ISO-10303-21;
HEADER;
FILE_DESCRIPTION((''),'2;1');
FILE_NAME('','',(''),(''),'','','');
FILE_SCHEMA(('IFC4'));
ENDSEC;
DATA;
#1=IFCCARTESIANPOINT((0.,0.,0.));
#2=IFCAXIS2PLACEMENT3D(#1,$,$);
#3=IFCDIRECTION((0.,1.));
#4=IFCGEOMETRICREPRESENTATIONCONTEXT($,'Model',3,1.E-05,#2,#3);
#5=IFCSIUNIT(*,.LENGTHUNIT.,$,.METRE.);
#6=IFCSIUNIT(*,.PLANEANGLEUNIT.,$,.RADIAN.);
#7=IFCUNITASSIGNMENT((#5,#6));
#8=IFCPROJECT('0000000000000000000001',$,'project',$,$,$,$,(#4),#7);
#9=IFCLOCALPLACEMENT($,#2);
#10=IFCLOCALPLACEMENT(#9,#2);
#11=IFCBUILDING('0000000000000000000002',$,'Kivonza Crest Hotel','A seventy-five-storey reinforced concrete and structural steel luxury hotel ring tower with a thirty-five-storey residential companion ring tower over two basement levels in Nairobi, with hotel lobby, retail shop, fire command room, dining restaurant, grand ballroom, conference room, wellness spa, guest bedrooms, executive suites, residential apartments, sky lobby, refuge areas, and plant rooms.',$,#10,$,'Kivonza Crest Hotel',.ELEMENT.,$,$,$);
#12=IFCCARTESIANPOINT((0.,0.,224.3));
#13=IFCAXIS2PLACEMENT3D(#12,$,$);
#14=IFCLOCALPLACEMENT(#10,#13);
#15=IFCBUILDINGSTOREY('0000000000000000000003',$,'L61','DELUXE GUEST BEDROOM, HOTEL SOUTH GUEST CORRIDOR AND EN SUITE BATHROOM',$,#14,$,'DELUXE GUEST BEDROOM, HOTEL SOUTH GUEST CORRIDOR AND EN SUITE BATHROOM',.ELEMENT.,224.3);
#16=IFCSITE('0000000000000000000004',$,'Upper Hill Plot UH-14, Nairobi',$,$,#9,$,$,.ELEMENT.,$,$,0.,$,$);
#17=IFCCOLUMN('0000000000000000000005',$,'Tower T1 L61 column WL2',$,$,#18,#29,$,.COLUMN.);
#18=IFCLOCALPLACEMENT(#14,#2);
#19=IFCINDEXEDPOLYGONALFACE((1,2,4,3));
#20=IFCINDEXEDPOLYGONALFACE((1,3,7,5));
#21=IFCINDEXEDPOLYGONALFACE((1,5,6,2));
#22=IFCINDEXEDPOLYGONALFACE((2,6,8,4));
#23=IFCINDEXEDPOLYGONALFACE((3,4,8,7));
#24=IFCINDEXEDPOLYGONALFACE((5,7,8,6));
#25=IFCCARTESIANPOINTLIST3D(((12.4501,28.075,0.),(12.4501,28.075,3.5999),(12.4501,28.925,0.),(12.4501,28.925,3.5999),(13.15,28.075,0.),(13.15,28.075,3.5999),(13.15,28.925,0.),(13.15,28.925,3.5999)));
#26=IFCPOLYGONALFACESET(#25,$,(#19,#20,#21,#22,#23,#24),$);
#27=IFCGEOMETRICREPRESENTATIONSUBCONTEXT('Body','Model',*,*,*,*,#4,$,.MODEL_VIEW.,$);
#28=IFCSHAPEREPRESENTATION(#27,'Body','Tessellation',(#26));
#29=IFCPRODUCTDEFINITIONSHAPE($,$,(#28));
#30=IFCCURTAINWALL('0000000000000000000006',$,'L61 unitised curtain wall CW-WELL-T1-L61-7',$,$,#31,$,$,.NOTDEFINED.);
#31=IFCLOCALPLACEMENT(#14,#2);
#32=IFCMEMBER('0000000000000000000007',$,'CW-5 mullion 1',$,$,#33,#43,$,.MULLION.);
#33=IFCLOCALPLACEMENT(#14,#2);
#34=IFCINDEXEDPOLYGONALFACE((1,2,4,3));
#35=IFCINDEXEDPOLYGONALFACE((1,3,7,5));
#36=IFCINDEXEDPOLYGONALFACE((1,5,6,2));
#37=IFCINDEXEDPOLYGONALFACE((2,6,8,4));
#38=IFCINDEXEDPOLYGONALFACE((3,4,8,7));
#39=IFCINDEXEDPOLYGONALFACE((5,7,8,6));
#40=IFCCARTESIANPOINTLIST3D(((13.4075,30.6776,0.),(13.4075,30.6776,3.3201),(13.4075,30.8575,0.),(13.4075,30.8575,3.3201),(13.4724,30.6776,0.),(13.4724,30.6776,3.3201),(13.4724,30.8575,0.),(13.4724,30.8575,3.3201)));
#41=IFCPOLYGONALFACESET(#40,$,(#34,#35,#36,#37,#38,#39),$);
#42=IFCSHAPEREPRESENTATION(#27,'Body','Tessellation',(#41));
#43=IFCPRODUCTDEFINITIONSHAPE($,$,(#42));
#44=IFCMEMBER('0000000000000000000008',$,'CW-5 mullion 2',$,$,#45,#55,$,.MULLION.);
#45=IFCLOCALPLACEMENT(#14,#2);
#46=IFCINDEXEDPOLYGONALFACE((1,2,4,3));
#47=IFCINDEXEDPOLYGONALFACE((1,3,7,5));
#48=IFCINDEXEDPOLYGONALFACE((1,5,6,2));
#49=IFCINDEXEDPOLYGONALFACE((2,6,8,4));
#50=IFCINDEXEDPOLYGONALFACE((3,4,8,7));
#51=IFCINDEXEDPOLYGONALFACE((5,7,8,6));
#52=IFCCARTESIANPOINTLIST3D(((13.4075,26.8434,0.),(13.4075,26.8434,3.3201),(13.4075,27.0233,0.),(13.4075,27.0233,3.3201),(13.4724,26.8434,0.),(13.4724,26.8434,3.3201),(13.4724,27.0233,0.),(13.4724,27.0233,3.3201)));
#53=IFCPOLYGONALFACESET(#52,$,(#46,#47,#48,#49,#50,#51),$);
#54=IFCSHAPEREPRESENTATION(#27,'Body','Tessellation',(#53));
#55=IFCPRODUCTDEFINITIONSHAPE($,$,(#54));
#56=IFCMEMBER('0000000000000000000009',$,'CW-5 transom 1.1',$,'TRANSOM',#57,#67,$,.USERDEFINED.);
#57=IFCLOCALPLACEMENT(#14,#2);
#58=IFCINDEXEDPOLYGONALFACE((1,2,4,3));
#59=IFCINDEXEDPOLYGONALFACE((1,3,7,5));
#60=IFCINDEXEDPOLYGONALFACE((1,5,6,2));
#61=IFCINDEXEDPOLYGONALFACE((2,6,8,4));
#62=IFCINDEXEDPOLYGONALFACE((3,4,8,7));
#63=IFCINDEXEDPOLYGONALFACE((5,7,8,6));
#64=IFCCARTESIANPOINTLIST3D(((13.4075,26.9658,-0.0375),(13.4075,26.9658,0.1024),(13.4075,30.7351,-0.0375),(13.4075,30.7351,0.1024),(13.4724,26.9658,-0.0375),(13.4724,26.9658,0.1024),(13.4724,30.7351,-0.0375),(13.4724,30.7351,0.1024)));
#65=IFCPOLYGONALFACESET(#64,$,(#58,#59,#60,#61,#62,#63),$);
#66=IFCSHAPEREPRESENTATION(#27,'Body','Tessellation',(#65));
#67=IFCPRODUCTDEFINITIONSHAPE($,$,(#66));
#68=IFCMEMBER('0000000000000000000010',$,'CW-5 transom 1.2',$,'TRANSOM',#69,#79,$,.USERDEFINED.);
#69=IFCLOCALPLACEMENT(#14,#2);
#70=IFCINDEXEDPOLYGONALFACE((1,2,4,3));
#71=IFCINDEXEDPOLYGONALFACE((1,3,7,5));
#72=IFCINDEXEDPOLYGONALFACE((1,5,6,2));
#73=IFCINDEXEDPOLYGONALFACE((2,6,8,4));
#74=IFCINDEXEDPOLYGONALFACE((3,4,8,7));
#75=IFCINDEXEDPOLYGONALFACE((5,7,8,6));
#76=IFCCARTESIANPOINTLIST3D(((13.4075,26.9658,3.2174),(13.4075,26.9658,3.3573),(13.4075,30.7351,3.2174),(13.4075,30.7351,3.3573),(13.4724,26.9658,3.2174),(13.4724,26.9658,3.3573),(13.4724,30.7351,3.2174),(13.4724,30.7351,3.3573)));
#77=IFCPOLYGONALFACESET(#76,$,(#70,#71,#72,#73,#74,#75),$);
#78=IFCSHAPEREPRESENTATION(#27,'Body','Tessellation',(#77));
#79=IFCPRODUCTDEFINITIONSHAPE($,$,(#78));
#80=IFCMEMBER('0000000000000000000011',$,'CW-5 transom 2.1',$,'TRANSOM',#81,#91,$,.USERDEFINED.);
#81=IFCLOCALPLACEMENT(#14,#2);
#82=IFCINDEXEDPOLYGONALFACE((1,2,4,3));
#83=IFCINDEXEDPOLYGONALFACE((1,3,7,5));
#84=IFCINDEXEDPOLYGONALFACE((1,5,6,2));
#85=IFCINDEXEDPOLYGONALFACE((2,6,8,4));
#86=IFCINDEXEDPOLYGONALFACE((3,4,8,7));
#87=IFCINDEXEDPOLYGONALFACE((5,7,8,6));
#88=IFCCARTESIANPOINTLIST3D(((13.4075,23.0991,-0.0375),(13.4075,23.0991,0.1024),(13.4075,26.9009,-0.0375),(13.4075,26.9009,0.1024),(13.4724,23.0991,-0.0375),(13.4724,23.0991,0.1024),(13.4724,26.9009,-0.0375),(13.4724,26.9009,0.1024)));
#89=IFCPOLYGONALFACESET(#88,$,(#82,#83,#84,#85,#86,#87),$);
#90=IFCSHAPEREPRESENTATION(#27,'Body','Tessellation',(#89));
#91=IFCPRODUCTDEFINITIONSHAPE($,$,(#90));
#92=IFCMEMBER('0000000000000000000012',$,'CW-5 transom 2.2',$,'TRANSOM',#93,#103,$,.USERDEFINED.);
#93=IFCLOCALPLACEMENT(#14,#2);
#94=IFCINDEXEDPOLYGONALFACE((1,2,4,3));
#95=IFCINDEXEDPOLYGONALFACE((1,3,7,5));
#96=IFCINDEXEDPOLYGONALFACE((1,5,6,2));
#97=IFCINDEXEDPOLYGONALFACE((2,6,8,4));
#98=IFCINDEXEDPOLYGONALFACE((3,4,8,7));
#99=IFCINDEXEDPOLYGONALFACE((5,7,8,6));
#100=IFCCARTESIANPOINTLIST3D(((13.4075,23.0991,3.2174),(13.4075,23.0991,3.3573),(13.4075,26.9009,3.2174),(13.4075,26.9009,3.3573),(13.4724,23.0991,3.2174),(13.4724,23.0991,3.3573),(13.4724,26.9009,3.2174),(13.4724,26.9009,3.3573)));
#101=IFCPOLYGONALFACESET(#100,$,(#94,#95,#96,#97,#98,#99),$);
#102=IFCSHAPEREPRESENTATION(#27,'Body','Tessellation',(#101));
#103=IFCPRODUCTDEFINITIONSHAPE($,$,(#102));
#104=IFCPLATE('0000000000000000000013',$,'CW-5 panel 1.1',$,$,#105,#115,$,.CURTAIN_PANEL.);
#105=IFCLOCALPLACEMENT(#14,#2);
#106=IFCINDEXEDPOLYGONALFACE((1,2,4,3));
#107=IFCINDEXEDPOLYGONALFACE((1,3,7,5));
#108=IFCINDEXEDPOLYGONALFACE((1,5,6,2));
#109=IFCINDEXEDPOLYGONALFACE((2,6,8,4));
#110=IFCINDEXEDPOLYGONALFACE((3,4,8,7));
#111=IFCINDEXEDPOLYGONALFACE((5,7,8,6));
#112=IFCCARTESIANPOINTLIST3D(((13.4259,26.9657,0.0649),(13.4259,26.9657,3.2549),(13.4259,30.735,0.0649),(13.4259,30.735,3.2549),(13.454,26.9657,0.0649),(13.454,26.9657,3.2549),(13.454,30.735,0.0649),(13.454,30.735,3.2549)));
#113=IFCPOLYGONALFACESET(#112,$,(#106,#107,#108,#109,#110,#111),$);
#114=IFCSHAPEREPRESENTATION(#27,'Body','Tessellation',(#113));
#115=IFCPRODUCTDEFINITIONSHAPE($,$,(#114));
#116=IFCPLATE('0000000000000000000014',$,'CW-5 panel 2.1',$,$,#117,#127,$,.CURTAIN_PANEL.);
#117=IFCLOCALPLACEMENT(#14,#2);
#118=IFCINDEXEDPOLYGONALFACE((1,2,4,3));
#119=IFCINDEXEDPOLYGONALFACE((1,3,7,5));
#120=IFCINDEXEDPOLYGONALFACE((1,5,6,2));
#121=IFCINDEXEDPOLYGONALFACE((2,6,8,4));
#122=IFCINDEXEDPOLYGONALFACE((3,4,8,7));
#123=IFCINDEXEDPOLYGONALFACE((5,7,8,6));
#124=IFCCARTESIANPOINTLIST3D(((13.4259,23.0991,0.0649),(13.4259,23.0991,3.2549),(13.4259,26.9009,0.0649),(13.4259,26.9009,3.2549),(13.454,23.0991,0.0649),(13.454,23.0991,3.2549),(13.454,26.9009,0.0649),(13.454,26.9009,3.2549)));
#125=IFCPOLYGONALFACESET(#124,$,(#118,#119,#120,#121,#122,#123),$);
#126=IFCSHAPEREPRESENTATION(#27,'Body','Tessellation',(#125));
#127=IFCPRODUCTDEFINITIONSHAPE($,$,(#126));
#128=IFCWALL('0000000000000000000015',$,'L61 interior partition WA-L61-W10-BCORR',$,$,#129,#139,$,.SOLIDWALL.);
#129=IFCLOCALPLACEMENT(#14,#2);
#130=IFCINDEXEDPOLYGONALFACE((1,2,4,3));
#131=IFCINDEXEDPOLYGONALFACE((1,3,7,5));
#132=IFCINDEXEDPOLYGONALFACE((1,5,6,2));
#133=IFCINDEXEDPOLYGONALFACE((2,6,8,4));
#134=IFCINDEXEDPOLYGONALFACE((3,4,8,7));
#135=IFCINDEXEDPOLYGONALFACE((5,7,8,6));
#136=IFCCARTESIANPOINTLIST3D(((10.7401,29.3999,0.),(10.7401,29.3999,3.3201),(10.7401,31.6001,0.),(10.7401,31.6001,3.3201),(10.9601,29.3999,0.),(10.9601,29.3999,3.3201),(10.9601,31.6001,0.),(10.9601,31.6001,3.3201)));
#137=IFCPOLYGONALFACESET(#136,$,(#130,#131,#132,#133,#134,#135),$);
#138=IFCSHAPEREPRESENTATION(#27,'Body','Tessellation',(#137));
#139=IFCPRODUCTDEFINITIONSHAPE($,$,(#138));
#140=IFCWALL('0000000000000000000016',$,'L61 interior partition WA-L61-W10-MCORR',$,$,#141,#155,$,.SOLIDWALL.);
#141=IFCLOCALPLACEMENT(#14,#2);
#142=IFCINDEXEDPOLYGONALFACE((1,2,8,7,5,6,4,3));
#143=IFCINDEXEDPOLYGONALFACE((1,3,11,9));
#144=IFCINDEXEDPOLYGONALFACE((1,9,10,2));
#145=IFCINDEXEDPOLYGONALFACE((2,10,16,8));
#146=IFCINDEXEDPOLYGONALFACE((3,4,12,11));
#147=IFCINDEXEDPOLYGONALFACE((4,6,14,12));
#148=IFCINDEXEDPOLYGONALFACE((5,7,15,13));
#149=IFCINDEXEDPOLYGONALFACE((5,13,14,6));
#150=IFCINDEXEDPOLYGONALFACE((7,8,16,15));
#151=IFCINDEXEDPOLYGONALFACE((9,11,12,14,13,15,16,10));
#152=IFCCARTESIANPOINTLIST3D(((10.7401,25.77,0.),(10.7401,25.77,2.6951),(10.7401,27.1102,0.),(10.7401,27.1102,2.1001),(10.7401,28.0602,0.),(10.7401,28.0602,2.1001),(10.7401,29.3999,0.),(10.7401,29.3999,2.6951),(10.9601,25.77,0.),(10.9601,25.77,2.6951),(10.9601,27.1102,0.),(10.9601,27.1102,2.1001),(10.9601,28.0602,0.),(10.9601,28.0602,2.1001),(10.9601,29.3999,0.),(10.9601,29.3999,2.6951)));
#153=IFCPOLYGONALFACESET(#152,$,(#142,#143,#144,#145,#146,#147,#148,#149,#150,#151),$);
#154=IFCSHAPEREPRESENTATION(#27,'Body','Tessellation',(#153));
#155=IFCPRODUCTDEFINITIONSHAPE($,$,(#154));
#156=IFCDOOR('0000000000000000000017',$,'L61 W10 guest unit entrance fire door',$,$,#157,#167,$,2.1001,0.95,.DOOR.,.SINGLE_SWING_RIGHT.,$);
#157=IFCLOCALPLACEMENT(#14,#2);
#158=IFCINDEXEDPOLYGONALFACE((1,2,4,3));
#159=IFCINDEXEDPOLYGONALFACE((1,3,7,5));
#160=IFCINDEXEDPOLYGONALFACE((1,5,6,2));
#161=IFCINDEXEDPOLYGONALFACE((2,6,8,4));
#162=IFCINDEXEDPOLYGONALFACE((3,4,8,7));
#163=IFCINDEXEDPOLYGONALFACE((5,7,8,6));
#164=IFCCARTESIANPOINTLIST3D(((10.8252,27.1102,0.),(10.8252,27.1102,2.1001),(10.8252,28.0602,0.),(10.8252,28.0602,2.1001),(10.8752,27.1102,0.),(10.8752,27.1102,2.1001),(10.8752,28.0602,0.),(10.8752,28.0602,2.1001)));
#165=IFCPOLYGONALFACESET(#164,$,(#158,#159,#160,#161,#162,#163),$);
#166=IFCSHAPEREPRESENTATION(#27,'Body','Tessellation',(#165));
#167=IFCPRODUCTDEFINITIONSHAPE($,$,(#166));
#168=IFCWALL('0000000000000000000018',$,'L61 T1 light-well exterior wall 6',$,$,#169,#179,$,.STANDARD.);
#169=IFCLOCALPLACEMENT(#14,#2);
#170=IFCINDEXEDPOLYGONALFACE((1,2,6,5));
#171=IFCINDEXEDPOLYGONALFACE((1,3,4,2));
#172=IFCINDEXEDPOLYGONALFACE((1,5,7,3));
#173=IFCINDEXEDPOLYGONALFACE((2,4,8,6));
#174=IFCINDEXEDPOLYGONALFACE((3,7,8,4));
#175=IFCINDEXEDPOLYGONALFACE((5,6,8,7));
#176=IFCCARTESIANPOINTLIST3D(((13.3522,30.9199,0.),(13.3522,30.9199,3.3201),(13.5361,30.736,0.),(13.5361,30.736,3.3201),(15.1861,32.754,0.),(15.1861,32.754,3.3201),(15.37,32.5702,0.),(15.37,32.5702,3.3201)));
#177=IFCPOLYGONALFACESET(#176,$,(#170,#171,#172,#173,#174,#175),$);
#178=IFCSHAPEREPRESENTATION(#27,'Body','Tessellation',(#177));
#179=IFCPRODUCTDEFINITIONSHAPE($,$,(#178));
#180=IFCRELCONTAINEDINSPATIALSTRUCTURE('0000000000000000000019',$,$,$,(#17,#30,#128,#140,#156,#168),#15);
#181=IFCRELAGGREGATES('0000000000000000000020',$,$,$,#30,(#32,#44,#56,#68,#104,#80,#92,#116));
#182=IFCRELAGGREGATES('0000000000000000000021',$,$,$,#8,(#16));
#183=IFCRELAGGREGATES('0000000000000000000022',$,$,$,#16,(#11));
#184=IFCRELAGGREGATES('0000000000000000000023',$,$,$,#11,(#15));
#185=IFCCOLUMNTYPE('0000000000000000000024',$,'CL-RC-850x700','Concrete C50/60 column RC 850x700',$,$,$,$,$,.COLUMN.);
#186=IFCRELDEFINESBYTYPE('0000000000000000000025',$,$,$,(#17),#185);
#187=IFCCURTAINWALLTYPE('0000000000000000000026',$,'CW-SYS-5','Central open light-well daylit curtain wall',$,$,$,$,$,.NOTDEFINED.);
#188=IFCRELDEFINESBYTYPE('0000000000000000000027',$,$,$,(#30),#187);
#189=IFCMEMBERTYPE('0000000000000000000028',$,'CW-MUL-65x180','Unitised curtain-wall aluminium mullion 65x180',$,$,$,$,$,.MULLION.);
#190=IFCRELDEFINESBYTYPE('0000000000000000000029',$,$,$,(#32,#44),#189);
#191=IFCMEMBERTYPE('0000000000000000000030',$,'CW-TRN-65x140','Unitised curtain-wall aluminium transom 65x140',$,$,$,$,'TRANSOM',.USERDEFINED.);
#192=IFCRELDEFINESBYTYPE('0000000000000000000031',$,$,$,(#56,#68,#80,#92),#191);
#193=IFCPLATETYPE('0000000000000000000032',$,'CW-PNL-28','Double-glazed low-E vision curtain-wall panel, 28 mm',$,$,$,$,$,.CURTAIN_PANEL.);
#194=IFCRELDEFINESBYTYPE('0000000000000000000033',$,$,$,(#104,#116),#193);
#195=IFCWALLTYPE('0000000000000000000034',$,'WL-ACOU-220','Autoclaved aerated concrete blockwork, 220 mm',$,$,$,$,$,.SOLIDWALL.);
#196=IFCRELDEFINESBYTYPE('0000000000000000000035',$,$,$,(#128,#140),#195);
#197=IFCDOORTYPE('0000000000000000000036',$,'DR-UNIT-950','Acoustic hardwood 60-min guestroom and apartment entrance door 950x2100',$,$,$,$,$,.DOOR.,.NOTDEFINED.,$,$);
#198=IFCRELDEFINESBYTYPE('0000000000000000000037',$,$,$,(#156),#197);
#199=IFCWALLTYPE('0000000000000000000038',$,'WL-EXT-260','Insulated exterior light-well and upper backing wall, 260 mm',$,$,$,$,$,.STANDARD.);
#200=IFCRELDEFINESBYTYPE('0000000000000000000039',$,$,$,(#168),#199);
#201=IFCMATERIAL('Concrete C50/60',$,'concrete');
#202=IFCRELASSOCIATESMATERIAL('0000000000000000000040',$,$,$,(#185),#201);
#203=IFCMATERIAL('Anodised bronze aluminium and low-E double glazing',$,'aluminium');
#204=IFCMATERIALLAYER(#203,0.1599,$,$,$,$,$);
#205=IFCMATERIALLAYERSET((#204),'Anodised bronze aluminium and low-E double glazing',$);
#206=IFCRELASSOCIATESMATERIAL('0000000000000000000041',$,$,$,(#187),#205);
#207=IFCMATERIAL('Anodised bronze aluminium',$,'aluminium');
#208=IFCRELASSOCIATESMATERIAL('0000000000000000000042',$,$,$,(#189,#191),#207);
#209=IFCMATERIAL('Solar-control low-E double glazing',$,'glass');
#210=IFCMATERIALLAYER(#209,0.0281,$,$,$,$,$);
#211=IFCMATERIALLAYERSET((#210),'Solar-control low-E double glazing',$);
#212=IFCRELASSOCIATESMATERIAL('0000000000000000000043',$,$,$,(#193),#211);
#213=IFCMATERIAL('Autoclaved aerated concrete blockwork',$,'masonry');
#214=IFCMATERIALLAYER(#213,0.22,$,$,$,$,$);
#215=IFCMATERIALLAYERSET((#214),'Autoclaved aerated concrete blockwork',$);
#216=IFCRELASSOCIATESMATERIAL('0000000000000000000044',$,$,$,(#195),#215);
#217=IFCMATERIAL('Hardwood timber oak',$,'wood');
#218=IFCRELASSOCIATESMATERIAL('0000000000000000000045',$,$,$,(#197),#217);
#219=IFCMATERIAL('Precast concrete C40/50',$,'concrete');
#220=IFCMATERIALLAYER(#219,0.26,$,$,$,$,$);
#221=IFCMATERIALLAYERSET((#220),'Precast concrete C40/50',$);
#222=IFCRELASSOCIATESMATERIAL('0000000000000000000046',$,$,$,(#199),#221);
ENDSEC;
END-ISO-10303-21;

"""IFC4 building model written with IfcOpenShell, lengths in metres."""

from ifc_helpers import new_model, si_unit, direction, frame, frame_2d, origin, origin_2d, place, context, subcontext, project, spatial, rectangle, extrude, material, layer, layer_set, material_profile, profile_set, type_object, element, fill, aggregate, save


model = new_model("IFC4")

# Units and contexts
model_context = context("Model", 3, precision=1e-05, world=origin(), true_north=direction((0.0, 1.0)))
body_context = subcontext(model_context, "Body", "Model", "MODEL_VIEW")
ifc_project = project(units=[si_unit("LENGTHUNIT", "METRE"), si_unit("PLANEANGLEUNIT", "RADIAN")], contexts=[model_context])

# Site, building, storey
site_placement = place(None, origin())
site = spatial("IfcSite", under=ifc_project, at=site_placement, Name="Upper Hill Plot UH-14, Nairobi", CompositionType="ELEMENT", RefElevation=0.0)
building_placement = place(site_placement, origin())
building = spatial("IfcBuilding", under=site, at=building_placement, Name="Kivonza Crest Hotel", Description="A seventy-five-storey reinforced concrete and structural steel luxury hotel ring tower with a thirty-five-storey residential companion ring tower over two basement levels in Nairobi, with hotel lobby, retail shop, fire command room, dining restaurant, grand ballroom, conference room, wellness spa, guest bedrooms, executive suites, residential apartments, sky lobby, refuge areas, and plant rooms.", LongName="Kivonza Crest Hotel", CompositionType="ELEMENT")
storey_placement = place(building_placement, frame((0.0, 0.0, 224.3)))
storey = spatial("IfcBuildingStorey", under=building, at=storey_placement, Name="L61", Description="DELUXE GUEST BEDROOM, HOTEL SOUTH GUEST CORRIDOR AND EN SUITE BATHROOM", LongName="DELUXE GUEST BEDROOM, HOTEL SOUTH GUEST CORRIDOR AND EN SUITE BATHROOM", CompositionType="ELEMENT", Elevation=224.3)

# Column
ifc_material_1 = material(Name="Concrete C50/60", Category="concrete")
ifc_material_profile_1 = material_profile(ifc_material_1, rectangle(XDim=0.7, YDim=0.8501, at=origin_2d()), Name="RC 850x700")
ifc_profile_set_1 = profile_set([ifc_material_profile_1], Name="Concrete C50/60")
column_type = type_object("IfcColumnType", Name="CL-RC-850x700", Description="Concrete C50/60 column RC 850x700", PredefinedType="COLUMN", material=ifc_profile_set_1)
column_placement = place(storey_placement, frame((12.8, 28.5, 0.0), z_axis=(0.0, 0.0, 1.0), x_axis=(1.0, 0.0, 0.0)))
element("IfcColumn", 1, at=column_placement, inside=storey, type_object=column_type, Name="Tower T1 L61 column WL2", PredefinedType="COLUMN", context=body_context, shape_type="SweptSolid", body=[
    extrude(rectangle(XDim=0.7, YDim=0.8501, at=origin_2d()), origin(), (0.0, 0.0, 1.0), 3.5999),
])

# Curtain wall, members, plates
ifc_material_2 = material(Name="Anodised bronze aluminium and low-E double glazing", Category="aluminium")
ifc_layer_1 = layer(ifc_material_2, 0.1599)
ifc_layer_set_1 = layer_set([ifc_layer_1], Name="Anodised bronze aluminium and low-E double glazing")
curtain_wall_type = type_object("IfcCurtainWallType", Name="CW-SYS-5", Description="Central open light-well daylit curtain wall", PredefinedType="NOTDEFINED", material=ifc_layer_set_1)
curtain_wall_placement = place(storey_placement, origin())
curtain_wall = element("IfcCurtainWall", 2, at=curtain_wall_placement, inside=storey, type_object=curtain_wall_type, Name="L61 unitised curtain wall CW-WELL-T1-L61-7", PredefinedType="NOTDEFINED")
ifc_material_3 = material(Name="Anodised bronze aluminium", Category="aluminium")
ifc_material_profile_2 = material_profile(ifc_material_3, rectangle(XDim=0.0649, YDim=0.1799, at=origin_2d()), Name="CW-M 65x180")
ifc_profile_set_2 = profile_set([ifc_material_profile_2], Name="Anodised bronze aluminium")
member_type_1 = type_object("IfcMemberType", Name="CW-MUL-65x180", Description="Unitised curtain-wall aluminium mullion 65x180", PredefinedType="MULLION", material=ifc_profile_set_2)
member_1_placement = place(storey_placement, frame((13.4399, 30.7676, 0.0), z_axis=(0.0, 0.0, 1.0), x_axis=(1.0, 0.0, 0.0)))
member_1 = element("IfcMember", 3, at=member_1_placement, type_object=member_type_1, Name="CW-5 mullion 1", PredefinedType="MULLION", context=body_context, shape_type="SweptSolid", body=[
    extrude(rectangle(XDim=0.0649, YDim=0.1799, at=origin_2d()), origin(), (0.0, 0.0, 1.0), 3.3201),
])
member_2_placement = place(storey_placement, frame((13.4399, 26.9333, 0.0), z_axis=(0.0, 0.0, 1.0), x_axis=(1.0, 0.0, 0.0)))
member_2 = element("IfcMember", 4, at=member_2_placement, type_object=member_type_1, Name="CW-5 mullion 2", PredefinedType="MULLION", context=body_context, shape_type="SweptSolid", body=[
    extrude(rectangle(XDim=0.0649, YDim=0.1799, at=origin_2d()), origin(), (0.0, 0.0, 1.0), 3.3201),
])
ifc_material_profile_3 = material_profile(ifc_material_3, rectangle(XDim=0.0649, YDim=0.1399, at=origin_2d()), Name="CW-T 65x140")
ifc_profile_set_3 = profile_set([ifc_material_profile_3], Name="Anodised bronze aluminium")
member_type_2 = type_object("IfcMemberType", Name="CW-TRN-65x140", Description="Unitised curtain-wall aluminium transom 65x140", ElementType="TRANSOM", PredefinedType="USERDEFINED", material=ifc_profile_set_3)
member_3_placement = place(storey_placement, frame((13.4399, 30.7351, 0.0325), z_axis=(0.0, -1.0, 0.0), x_axis=(1.0, 0.0, 0.0)))
member_3 = element("IfcMember", 5, at=member_3_placement, type_object=member_type_2, Name="CW-5 transom 1.1", ObjectType="TRANSOM", PredefinedType="USERDEFINED", context=body_context, shape_type="SweptSolid", body=[
    extrude(rectangle(XDim=0.0649, YDim=0.1399, at=origin_2d()), origin(), (0.0, 0.0, 1.0), 3.7693),
])
member_4_placement = place(storey_placement, frame((13.4399, 30.7351, 3.2874), z_axis=(0.0, -1.0, 0.0), x_axis=(1.0, 0.0, 0.0)))
member_4 = element("IfcMember", 6, at=member_4_placement, type_object=member_type_2, Name="CW-5 transom 1.2", ObjectType="TRANSOM", PredefinedType="USERDEFINED", context=body_context, shape_type="SweptSolid", body=[
    extrude(rectangle(XDim=0.0649, YDim=0.1399, at=origin_2d()), origin(), (0.0, 0.0, 1.0), 3.7693),
])
member_5_placement = place(storey_placement, frame((13.4399, 26.9009, 0.0325), z_axis=(0.0, -1.0, 0.0), x_axis=(1.0, 0.0, 0.0)))
member_5 = element("IfcMember", 7, at=member_5_placement, type_object=member_type_2, Name="CW-5 transom 2.1", ObjectType="TRANSOM", PredefinedType="USERDEFINED", context=body_context, shape_type="SweptSolid", body=[
    extrude(rectangle(XDim=0.0649, YDim=0.1399, at=origin_2d()), origin(), (0.0, 0.0, 1.0), 3.8018),
])
member_6_placement = place(storey_placement, frame((13.4399, 26.9009, 3.2874), z_axis=(0.0, -1.0, 0.0), x_axis=(1.0, 0.0, 0.0)))
member_6 = element("IfcMember", 8, at=member_6_placement, type_object=member_type_2, Name="CW-5 transom 2.2", ObjectType="TRANSOM", PredefinedType="USERDEFINED", context=body_context, shape_type="SweptSolid", body=[
    extrude(rectangle(XDim=0.0649, YDim=0.1399, at=origin_2d()), origin(), (0.0, 0.0, 1.0), 3.8018),
])
ifc_material_4 = material(Name="Solar-control low-E double glazing", Category="glass")
ifc_layer_2 = layer(ifc_material_4, 0.0281)
ifc_layer_set_2 = layer_set([ifc_layer_2], Name="Solar-control low-E double glazing")
plate_type = type_object("IfcPlateType", Name="CW-PNL-28", Description="Double-glazed low-E vision curtain-wall panel, 28 mm", PredefinedType="CURTAIN_PANEL", material=ifc_layer_set_2)
plate_1_placement = place(storey_placement, frame((13.4399, 28.8503, 0.0649), z_axis=(0.0, 0.0, 1.0), x_axis=(0.0, -1.0, 0.0)))
plate_1 = element("IfcPlate", 9, at=plate_1_placement, type_object=plate_type, Name="CW-5 panel 1.1", PredefinedType="CURTAIN_PANEL", context=body_context, shape_type="SweptSolid", body=[
    extrude(rectangle(XDim=3.7693, YDim=0.0281, at=origin_2d()), origin(), (0.0, 0.0, 1.0), 3.1899),
])
plate_2_placement = place(storey_placement, frame((13.4399, 25.0, 0.0649), z_axis=(0.0, 0.0, 1.0), x_axis=(0.0, -1.0, 0.0)))
plate_2 = element("IfcPlate", 10, at=plate_2_placement, type_object=plate_type, Name="CW-5 panel 2.1", PredefinedType="CURTAIN_PANEL", context=body_context, shape_type="SweptSolid", body=[
    extrude(rectangle(XDim=3.8018, YDim=0.0281, at=origin_2d()), origin(), (0.0, 0.0, 1.0), 3.1899),
])
aggregate(curtain_wall, [member_1, member_2, member_3, member_4, plate_1, member_5, member_6, plate_2])

# Wall
ifc_material_5 = material(Name="Autoclaved aerated concrete blockwork", Category="masonry")
ifc_layer_3 = layer(ifc_material_5, 0.22)
ifc_layer_set_3 = layer_set([ifc_layer_3], Name="Autoclaved aerated concrete blockwork")
wall_type_1 = type_object("IfcWallType", Name="WL-ACOU-220", Description="Autoclaved aerated concrete blockwork, 220 mm", PredefinedType="SOLIDWALL", material=ifc_layer_set_3)
wall_1_placement = place(storey_placement, frame((10.8501, 29.3999, 0.0), z_axis=(0.0, 0.0, 1.0), x_axis=(0.0, 1.0, 0.0)))
element("IfcWall", 11, at=wall_1_placement, inside=storey, type_object=wall_type_1, Name="L61 interior partition WA-L61-W10-BCORR", PredefinedType="SOLIDWALL", context=body_context, shape_type="SweptSolid", body=[
    extrude(rectangle(XDim=2.2002, YDim=0.22, at=frame_2d((1.1001, 0.0))), origin(), (0.0, 0.0, 1.0), 3.3201),
])

# Wall, opening, door
wall_2_placement = place(storey_placement, frame((10.8501, 25.77, 0.0), z_axis=(0.0, 0.0, 1.0), x_axis=(0.0, 1.0, 0.0)))
wall_2 = element("IfcWall", 12, at=wall_2_placement, inside=storey, type_object=wall_type_1, Name="L61 interior partition WA-L61-W10-MCORR", PredefinedType="SOLIDWALL", context=body_context, shape_type="SweptSolid", body=[
    extrude(rectangle(XDim=3.6299, YDim=0.22, at=frame_2d((1.8149, 0.0))), origin(), (0.0, 0.0, 1.0), 2.6951),
])
opening_1_placement = place(wall_2_placement, frame((1.3401, 0.0, 0.0)))
opening_1 = element("IfcOpeningElement", 13, at=opening_1_placement, cuts=wall_2, PredefinedType="OPENING", context=body_context, shape_type="SweptSolid", body=[
    extrude(rectangle(XDim=0.95, YDim=2.1001, at=frame_2d((0.4751, 1.05))), frame((0.0, 0.1201, 0.0), z_axis=(0.0, -1.0, 0.0), x_axis=(1.0, 0.0, 0.0)), (0.0, 0.0, 1.0), 0.24),
])
ifc_material_6 = material(Name="Hardwood timber oak", Category="wood")
door_type_1 = type_object("IfcDoorType", Name="DR-UNIT-950", Description="Acoustic hardwood 60-min guestroom and apartment entrance door 950x2100", OperationType="NOTDEFINED", PredefinedType="DOOR", material=ifc_material_6)
door_1_placement = place(opening_1_placement, origin())
door_1 = element("IfcDoor", 14, at=door_1_placement, inside=storey, type_object=door_type_1, Name="L61 W10 guest unit entrance fire door", OperationType="SINGLE_SWING_RIGHT", OverallHeight=2.1001, OverallWidth=0.95, PredefinedType="DOOR", context=body_context, shape_type="SweptSolid", body=[
    extrude(rectangle(XDim=0.95, YDim=2.1001, at=frame_2d((0.4751, 1.05))), frame((0.0, 0.0249, 0.0), z_axis=(0.0, -1.0, 0.0), x_axis=(1.0, 0.0, 0.0)), (0.0, 0.0, 1.0), 0.05),
])
fill(opening_1, door_1)

# Wall
ifc_material_7 = material(Name="Precast concrete C40/50", Category="concrete")
ifc_layer_4 = layer(ifc_material_7, 0.26)
ifc_layer_set_4 = layer_set([ifc_layer_4], Name="Precast concrete C40/50")
wall_type_2 = type_object("IfcWallType", Name="WL-EXT-260", Description="Insulated exterior light-well and upper backing wall, 260 mm", PredefinedType="STANDARD", material=ifc_layer_set_4)
wall_3_placement = place(storey_placement, frame((15.2781, 32.6621, 0.0), z_axis=(0.0, 0.0, 1.0), x_axis=(-0.70706, -0.707154, 0.0)))
element("IfcWall", 15, at=wall_3_placement, inside=storey, type_object=wall_type_2, Name="L61 T1 light-well exterior wall 6", PredefinedType="STANDARD", context=body_context, shape_type="SweptSolid", body=[
    extrude(rectangle(XDim=2.5938, YDim=0.26, at=frame_2d((1.2969, 0.0))), origin(), (0.0, 0.0, 1.0), 3.3201),
])

save(model, "model.ifc")
